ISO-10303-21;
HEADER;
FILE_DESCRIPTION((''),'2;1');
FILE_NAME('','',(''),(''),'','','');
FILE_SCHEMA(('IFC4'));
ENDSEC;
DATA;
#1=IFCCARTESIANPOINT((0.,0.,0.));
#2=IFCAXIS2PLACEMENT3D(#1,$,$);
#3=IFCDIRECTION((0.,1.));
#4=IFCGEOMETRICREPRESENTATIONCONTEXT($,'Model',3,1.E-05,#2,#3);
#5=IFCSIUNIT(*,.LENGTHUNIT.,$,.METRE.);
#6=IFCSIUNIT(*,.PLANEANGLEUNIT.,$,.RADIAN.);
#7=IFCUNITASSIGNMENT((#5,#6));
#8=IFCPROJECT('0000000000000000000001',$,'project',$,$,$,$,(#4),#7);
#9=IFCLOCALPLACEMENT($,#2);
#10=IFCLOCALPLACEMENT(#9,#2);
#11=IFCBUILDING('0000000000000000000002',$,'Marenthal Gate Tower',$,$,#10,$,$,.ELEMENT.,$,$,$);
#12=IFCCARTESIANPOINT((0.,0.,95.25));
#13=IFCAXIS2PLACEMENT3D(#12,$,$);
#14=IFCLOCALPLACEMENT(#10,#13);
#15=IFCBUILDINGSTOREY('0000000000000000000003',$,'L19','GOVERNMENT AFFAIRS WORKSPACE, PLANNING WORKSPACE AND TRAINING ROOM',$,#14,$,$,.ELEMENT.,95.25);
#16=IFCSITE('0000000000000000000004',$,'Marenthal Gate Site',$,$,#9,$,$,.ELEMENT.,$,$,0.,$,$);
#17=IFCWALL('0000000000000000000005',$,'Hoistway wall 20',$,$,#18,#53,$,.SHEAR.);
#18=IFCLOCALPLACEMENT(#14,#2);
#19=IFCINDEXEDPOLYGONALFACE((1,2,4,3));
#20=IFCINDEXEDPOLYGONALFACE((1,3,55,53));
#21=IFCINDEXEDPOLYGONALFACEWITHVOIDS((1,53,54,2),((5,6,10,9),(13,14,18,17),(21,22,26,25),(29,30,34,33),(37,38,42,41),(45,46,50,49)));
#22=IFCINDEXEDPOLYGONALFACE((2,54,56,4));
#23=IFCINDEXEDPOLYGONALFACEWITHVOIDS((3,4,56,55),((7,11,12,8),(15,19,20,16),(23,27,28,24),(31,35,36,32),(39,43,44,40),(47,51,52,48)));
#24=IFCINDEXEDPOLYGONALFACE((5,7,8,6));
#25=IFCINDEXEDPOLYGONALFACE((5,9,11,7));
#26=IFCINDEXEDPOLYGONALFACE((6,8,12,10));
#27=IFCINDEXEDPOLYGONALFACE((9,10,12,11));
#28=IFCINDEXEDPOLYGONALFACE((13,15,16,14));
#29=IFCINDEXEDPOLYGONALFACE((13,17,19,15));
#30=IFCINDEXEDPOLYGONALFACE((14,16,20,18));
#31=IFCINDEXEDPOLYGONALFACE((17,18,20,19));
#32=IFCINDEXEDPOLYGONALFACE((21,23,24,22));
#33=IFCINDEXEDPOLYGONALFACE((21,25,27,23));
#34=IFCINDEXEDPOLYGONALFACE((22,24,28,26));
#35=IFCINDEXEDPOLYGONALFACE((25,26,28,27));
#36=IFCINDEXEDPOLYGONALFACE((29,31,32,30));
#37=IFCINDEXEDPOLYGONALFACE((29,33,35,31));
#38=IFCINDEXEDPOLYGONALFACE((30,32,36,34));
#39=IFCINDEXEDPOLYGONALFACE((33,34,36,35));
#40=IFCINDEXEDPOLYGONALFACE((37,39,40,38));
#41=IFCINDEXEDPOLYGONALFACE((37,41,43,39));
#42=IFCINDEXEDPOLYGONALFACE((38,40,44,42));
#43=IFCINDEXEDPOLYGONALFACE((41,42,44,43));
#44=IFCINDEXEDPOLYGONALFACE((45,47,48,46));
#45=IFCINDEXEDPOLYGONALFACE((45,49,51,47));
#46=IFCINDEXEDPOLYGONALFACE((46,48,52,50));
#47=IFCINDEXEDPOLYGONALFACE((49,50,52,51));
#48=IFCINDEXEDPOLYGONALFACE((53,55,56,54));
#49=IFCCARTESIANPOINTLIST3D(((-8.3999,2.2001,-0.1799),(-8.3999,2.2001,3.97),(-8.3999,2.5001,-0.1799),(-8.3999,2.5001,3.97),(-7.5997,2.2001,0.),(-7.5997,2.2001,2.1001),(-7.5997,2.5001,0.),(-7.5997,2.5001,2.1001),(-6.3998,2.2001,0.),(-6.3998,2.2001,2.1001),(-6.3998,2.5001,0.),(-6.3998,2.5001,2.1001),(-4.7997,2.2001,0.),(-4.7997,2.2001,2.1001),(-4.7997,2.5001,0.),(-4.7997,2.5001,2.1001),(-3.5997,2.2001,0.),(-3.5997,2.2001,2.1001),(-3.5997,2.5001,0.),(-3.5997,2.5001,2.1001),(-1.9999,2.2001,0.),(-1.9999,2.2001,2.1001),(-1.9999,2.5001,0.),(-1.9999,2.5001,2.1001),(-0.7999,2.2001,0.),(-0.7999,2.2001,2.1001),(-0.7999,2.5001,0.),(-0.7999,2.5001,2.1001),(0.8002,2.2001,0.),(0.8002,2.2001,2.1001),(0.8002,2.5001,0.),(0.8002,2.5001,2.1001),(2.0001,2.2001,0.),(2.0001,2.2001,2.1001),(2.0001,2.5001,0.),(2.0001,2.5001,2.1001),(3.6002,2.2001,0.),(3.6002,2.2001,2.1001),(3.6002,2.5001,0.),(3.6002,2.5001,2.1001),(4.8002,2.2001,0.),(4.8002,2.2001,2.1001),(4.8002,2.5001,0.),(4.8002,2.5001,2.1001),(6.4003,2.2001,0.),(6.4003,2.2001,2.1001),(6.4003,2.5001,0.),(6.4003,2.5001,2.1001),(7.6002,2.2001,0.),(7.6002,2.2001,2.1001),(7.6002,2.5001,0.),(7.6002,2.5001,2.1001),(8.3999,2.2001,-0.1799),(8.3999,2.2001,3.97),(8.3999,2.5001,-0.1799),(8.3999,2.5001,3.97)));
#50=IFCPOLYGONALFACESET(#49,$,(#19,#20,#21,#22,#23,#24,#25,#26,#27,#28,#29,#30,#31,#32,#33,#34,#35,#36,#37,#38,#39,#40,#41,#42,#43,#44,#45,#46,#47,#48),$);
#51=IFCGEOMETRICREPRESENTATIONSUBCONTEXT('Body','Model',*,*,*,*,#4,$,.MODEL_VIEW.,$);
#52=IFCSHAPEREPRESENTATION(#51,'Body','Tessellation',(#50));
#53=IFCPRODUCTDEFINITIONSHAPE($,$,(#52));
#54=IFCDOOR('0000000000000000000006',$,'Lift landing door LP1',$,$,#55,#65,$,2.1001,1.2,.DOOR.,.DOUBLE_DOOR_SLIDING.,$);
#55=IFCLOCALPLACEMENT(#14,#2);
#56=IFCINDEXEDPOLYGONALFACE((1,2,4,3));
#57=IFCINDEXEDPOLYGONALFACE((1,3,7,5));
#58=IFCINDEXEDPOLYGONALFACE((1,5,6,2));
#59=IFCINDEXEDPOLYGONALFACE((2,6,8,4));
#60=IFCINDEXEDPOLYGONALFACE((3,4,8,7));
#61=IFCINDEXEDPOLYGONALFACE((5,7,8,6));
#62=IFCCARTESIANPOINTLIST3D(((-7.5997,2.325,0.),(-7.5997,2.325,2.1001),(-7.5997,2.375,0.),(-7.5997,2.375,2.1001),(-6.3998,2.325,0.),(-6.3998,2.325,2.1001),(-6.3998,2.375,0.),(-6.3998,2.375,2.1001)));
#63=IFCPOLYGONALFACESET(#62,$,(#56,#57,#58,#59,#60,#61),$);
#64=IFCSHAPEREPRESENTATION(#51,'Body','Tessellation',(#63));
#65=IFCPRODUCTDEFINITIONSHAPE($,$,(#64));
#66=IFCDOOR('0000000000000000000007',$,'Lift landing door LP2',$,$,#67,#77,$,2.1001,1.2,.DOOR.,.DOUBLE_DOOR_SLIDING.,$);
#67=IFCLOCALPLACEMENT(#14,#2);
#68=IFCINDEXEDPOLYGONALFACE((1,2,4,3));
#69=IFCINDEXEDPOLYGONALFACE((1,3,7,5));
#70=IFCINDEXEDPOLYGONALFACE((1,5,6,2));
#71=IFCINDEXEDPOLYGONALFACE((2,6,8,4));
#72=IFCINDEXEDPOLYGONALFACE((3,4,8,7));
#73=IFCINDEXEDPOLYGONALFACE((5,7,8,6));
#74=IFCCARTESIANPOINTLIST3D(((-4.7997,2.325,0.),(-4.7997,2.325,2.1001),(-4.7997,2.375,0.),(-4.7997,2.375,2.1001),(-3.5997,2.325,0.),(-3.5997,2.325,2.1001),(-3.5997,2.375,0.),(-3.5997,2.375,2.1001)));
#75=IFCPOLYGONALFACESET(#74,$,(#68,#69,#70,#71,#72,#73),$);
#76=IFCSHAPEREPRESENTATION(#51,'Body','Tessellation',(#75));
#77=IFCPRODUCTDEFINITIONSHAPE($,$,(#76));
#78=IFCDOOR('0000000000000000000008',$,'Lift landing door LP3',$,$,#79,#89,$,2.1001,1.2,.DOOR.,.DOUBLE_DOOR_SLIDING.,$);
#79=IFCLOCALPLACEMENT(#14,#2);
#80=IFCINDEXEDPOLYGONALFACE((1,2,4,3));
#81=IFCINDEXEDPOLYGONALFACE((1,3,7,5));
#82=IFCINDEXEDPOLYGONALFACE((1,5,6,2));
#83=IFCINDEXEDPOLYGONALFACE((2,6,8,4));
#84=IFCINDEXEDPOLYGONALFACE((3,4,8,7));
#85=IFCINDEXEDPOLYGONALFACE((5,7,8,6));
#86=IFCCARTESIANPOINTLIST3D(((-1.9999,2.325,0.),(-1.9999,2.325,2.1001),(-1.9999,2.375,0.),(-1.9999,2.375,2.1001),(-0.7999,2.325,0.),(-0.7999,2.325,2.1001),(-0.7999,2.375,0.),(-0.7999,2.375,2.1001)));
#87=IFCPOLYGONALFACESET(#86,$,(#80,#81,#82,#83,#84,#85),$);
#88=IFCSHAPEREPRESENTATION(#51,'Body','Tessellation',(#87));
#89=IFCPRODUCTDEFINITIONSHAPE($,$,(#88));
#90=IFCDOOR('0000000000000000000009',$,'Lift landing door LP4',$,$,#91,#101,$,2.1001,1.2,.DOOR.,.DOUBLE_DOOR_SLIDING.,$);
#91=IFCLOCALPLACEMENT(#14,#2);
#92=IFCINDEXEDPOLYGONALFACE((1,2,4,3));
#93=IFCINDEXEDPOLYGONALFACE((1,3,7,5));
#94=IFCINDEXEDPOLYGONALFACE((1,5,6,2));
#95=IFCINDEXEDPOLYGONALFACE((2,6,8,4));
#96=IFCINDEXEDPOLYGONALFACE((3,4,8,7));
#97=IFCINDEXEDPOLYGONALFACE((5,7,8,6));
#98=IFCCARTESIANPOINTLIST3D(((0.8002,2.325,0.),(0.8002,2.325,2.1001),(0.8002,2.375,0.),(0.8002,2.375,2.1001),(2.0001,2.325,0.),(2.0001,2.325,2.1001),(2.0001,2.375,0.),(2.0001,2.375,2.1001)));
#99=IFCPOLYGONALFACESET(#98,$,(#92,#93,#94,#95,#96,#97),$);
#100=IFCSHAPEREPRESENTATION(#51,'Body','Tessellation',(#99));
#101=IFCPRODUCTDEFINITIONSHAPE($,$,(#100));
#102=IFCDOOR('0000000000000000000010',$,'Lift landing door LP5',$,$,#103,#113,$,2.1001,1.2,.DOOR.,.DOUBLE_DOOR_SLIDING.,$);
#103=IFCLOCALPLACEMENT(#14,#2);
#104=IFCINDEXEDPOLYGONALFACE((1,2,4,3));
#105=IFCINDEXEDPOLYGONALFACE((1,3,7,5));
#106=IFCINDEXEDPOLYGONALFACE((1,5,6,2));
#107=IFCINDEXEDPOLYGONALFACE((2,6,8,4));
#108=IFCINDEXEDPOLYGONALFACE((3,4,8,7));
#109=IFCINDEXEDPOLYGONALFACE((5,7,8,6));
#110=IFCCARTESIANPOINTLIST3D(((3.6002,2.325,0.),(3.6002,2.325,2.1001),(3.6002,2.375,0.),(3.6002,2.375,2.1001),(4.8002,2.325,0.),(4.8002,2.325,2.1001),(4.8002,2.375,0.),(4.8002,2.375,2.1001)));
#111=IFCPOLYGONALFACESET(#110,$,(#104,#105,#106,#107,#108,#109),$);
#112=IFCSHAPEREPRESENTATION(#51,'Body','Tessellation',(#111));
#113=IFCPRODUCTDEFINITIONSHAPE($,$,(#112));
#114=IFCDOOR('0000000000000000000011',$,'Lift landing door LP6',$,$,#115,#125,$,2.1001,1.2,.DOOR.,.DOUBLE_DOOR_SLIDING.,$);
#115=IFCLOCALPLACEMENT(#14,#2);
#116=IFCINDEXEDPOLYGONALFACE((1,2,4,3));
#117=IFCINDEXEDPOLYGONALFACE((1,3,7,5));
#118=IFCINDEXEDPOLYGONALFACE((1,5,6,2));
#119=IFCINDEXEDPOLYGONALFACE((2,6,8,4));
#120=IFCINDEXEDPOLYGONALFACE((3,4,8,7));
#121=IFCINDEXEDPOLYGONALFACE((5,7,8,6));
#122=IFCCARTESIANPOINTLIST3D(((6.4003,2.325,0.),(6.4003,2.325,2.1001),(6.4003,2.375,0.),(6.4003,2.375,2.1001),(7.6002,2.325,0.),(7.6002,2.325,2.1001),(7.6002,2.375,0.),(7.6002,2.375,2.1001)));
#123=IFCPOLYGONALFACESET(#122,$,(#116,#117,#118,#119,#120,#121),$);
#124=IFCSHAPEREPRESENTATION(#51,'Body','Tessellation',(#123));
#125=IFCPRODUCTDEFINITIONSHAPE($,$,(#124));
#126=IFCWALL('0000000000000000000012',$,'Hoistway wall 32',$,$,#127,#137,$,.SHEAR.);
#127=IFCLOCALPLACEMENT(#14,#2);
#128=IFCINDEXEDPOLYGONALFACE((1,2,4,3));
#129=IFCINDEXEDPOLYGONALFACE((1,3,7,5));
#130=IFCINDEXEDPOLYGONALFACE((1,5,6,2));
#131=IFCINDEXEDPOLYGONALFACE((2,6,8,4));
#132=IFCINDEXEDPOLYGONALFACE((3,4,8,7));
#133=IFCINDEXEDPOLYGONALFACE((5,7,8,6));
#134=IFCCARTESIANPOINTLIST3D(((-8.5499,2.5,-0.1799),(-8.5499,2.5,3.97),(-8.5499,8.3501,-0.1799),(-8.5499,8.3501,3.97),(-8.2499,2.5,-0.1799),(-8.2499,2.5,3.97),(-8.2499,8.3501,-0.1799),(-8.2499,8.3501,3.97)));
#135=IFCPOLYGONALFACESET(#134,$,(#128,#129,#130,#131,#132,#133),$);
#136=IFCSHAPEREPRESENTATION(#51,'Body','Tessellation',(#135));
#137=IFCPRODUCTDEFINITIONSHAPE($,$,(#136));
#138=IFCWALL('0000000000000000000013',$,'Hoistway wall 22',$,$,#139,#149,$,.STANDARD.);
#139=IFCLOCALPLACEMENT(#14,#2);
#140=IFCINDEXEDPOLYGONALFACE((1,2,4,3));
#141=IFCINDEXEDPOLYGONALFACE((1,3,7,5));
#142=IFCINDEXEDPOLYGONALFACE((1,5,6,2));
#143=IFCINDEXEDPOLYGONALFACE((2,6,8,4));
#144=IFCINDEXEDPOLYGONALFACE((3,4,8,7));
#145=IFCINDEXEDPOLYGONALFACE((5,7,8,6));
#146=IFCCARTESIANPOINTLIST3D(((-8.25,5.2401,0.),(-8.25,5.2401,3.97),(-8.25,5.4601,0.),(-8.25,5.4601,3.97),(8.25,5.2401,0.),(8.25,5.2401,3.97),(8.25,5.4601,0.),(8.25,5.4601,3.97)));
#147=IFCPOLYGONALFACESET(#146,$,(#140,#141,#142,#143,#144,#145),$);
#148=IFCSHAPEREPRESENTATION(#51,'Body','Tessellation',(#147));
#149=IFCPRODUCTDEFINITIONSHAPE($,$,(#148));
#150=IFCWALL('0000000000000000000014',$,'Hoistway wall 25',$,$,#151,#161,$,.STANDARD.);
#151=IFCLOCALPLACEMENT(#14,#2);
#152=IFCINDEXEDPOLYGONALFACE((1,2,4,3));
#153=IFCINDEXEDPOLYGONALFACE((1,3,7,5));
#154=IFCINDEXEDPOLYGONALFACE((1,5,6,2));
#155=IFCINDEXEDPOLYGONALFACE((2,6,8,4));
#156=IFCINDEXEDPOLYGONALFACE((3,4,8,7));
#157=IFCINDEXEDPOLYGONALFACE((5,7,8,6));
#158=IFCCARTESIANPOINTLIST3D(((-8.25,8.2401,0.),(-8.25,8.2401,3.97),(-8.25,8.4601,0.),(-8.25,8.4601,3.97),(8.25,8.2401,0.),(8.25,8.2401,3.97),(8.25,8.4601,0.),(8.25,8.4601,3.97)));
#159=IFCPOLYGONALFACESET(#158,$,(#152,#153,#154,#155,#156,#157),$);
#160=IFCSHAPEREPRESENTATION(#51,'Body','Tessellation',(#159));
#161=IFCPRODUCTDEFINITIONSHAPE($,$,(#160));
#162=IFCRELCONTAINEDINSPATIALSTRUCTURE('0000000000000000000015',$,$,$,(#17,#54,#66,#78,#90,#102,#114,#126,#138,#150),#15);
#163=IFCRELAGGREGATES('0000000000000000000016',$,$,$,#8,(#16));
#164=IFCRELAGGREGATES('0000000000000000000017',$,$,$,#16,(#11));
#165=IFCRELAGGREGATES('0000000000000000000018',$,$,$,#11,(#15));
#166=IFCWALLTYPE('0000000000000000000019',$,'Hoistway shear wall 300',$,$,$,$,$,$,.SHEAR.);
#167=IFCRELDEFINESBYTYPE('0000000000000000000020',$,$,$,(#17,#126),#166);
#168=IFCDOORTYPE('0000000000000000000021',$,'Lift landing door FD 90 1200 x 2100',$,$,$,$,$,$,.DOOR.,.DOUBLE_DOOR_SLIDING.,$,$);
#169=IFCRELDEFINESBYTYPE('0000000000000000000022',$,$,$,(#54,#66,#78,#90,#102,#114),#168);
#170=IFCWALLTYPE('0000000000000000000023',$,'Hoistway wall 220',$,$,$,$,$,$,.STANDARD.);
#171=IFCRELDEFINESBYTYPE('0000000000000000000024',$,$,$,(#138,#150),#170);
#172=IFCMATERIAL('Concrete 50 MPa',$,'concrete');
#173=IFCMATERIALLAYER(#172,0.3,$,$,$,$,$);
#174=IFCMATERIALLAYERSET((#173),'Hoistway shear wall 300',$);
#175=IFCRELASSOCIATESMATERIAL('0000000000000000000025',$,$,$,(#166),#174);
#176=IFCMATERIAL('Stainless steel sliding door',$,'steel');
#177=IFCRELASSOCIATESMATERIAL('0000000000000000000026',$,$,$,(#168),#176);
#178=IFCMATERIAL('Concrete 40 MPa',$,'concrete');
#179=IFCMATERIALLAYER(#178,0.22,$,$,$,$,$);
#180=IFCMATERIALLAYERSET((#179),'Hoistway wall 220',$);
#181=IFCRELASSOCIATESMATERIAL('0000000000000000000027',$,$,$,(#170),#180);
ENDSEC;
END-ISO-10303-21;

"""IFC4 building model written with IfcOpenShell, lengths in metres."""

from ifc_helpers import new_model, si_unit, direction, frame, frame_2d, origin, place, context, subcontext, project, spatial, rectangle, extrude, material, layer, layer_set, type_object, element, fill, save


model = new_model("IFC4")

# Units and contexts
model_context = context("Model", 3, precision=1e-05, world=origin(), true_north=direction((0.0, 1.0)))
body_context = subcontext(model_context, "Body", "Model", "MODEL_VIEW")
ifc_project = project(units=[si_unit("LENGTHUNIT", "METRE"), si_unit("PLANEANGLEUNIT", "RADIAN")], contexts=[model_context])

# Site, building, storey
site_placement = place(None, origin())
site = spatial("IfcSite", under=ifc_project, at=site_placement, Name="Marenthal Gate Site", CompositionType="ELEMENT", RefElevation=0.0)
building_placement = place(site_placement, origin())
building = spatial("IfcBuilding", under=site, at=building_placement, Name="Marenthal Gate Tower", CompositionType="ELEMENT")
storey_placement = place(building_placement, frame((0.0, 0.0, 95.25)))
storey = spatial("IfcBuildingStorey", under=building, at=storey_placement, Name="L19", Description="GOVERNMENT AFFAIRS WORKSPACE, PLANNING WORKSPACE AND TRAINING ROOM", CompositionType="ELEMENT", Elevation=95.25)

# Wall, openings, doors
ifc_material_1 = material(Name="Concrete 50 MPa", Category="concrete")
ifc_layer_1 = layer(ifc_material_1, 0.3)
ifc_layer_set_1 = layer_set([ifc_layer_1], Name="Hoistway shear wall 300")
wall_type_1 = type_object("IfcWallType", Name="Hoistway shear wall 300", PredefinedType="SHEAR", material=ifc_layer_set_1)
wall_1_placement = place(storey_placement, frame((-8.3999, 2.3501, -0.1799), z_axis=(0.0, 0.0, 1.0), x_axis=(1.0, 0.0, 0.0)))
wall_1 = element("IfcWall", 1, at=wall_1_placement, inside=storey, type_object=wall_type_1, Name="Hoistway wall 20", PredefinedType="SHEAR", context=body_context, shape_type="SweptSolid", body=[
    extrude(rectangle(XDim=16.7998, YDim=0.3, at=frame_2d((8.3999, 0.0))), origin(), (0.0, 0.0, 1.0), 4.1499),
])
opening_1_placement = place(wall_1_placement, frame((0.8, 0.0, 0.1799)))
opening_1 = element("IfcOpeningElement", 2, at=opening_1_placement, cuts=wall_1, PredefinedType="OPENING", context=body_context, shape_type="SweptSolid", body=[
    extrude(rectangle(XDim=1.2, YDim=2.1001, at=frame_2d((0.6001, 1.05))), frame((0.0, 0.1602, 0.0), z_axis=(0.0, -1.0, 0.0), x_axis=(1.0, 0.0, 0.0)), (0.0, 0.0, 1.0), 0.3201),
])
opening_2_placement = place(wall_1_placement, frame((3.6001, 0.0, 0.1799)))
opening_2 = element("IfcOpeningElement", 3, at=opening_2_placement, cuts=wall_1, PredefinedType="OPENING", context=body_context, shape_type="SweptSolid", body=[
    extrude(rectangle(XDim=1.2, YDim=2.1001, at=frame_2d((0.6001, 1.05))), frame((0.0, 0.1602, 0.0), z_axis=(0.0, -1.0, 0.0), x_axis=(1.0, 0.0, 0.0)), (0.0, 0.0, 1.0), 0.3201),
])
opening_3_placement = place(wall_1_placement, frame((6.3999, 0.0, 0.1799)))
opening_3 = element("IfcOpeningElement", 4, at=opening_3_placement, cuts=wall_1, PredefinedType="OPENING", context=body_context, shape_type="SweptSolid", body=[
    extrude(rectangle(XDim=1.2, YDim=2.1001, at=frame_2d((0.6001, 1.05))), frame((0.0, 0.1602, 0.0), z_axis=(0.0, -1.0, 0.0), x_axis=(1.0, 0.0, 0.0)), (0.0, 0.0, 1.0), 0.3201),
])
opening_4_placement = place(wall_1_placement, frame((9.2, 0.0, 0.1799)))
opening_4 = element("IfcOpeningElement", 5, at=opening_4_placement, cuts=wall_1, PredefinedType="OPENING", context=body_context, shape_type="SweptSolid", body=[
    extrude(rectangle(XDim=1.2, YDim=2.1001, at=frame_2d((0.6001, 1.05))), frame((0.0, 0.1602, 0.0), z_axis=(0.0, -1.0, 0.0), x_axis=(1.0, 0.0, 0.0)), (0.0, 0.0, 1.0), 0.3201),
])
opening_5_placement = place(wall_1_placement, frame((12.0, 0.0, 0.1799)))
opening_5 = element("IfcOpeningElement", 6, at=opening_5_placement, cuts=wall_1, PredefinedType="OPENING", context=body_context, shape_type="SweptSolid", body=[
    extrude(rectangle(XDim=1.2, YDim=2.1001, at=frame_2d((0.6001, 1.05))), frame((0.0, 0.1602, 0.0), z_axis=(0.0, -1.0, 0.0), x_axis=(1.0, 0.0, 0.0)), (0.0, 0.0, 1.0), 0.3201),
])
opening_6_placement = place(wall_1_placement, frame((14.8, 0.0, 0.1799)))
opening_6 = element("IfcOpeningElement", 7, at=opening_6_placement, cuts=wall_1, PredefinedType="OPENING", context=body_context, shape_type="SweptSolid", body=[
    extrude(rectangle(XDim=1.2, YDim=2.1001, at=frame_2d((0.6001, 1.05))), frame((0.0, 0.1602, 0.0), z_axis=(0.0, -1.0, 0.0), x_axis=(1.0, 0.0, 0.0)), (0.0, 0.0, 1.0), 0.3201),
])
ifc_material_2 = material(Name="Stainless steel sliding door", Category="steel")
door_type_1 = type_object("IfcDoorType", Name="Lift landing door FD 90 1200 x 2100", OperationType="DOUBLE_DOOR_SLIDING", PredefinedType="DOOR", material=ifc_material_2)
door_1_placement = place(opening_1_placement, origin())
door_1 = element("IfcDoor", 8, at=door_1_placement, inside=storey, type_object=door_type_1, Name="Lift landing door LP1", OperationType="DOUBLE_DOOR_SLIDING", OverallHeight=2.1001, OverallWidth=1.2, PredefinedType="DOOR", context=body_context, shape_type="SweptSolid", body=[
    extrude(rectangle(XDim=1.2, YDim=2.1001, at=frame_2d((0.6001, 1.05))), frame((0.0, 0.0249, 0.0), z_axis=(0.0, -1.0, 0.0), x_axis=(1.0, 0.0, 0.0)), (0.0, 0.0, 1.0), 0.05),
])
fill(opening_1, door_1)
door_2_placement = place(opening_2_placement, origin())
door_2 = element("IfcDoor", 9, at=door_2_placement, inside=storey, type_object=door_type_1, Name="Lift landing door LP2", OperationType="DOUBLE_DOOR_SLIDING", OverallHeight=2.1001, OverallWidth=1.2, PredefinedType="DOOR", context=body_context, shape_type="SweptSolid", body=[
    extrude(rectangle(XDim=1.2, YDim=2.1001, at=frame_2d((0.6001, 1.05))), frame((0.0, 0.0249, 0.0), z_axis=(0.0, -1.0, 0.0), x_axis=(1.0, 0.0, 0.0)), (0.0, 0.0, 1.0), 0.05),
])
fill(opening_2, door_2)
door_3_placement = place(opening_3_placement, origin())
door_3 = element("IfcDoor", 10, at=door_3_placement, inside=storey, type_object=door_type_1, Name="Lift landing door LP3", OperationType="DOUBLE_DOOR_SLIDING", OverallHeight=2.1001, OverallWidth=1.2, PredefinedType="DOOR", context=body_context, shape_type="SweptSolid", body=[
    extrude(rectangle(XDim=1.2, YDim=2.1001, at=frame_2d((0.6001, 1.05))), frame((0.0, 0.0249, 0.0), z_axis=(0.0, -1.0, 0.0), x_axis=(1.0, 0.0, 0.0)), (0.0, 0.0, 1.0), 0.05),
])
fill(opening_3, door_3)
door_4_placement = place(opening_4_placement, origin())
door_4 = element("IfcDoor", 11, at=door_4_placement, inside=storey, type_object=door_type_1, Name="Lift landing door LP4", OperationType="DOUBLE_DOOR_SLIDING", OverallHeight=2.1001, OverallWidth=1.2, PredefinedType="DOOR", context=body_context, shape_type="SweptSolid", body=[
    extrude(rectangle(XDim=1.2, YDim=2.1001, at=frame_2d((0.6001, 1.05))), frame((0.0, 0.0249, 0.0), z_axis=(0.0, -1.0, 0.0), x_axis=(1.0, 0.0, 0.0)), (0.0, 0.0, 1.0), 0.05),
])
fill(opening_4, door_4)
door_5_placement = place(opening_5_placement, origin())
door_5 = element("IfcDoor", 12, at=door_5_placement, inside=storey, type_object=door_type_1, Name="Lift landing door LP5", OperationType="DOUBLE_DOOR_SLIDING", OverallHeight=2.1001, OverallWidth=1.2, PredefinedType="DOOR", context=body_context, shape_type="SweptSolid", body=[
    extrude(rectangle(XDim=1.2, YDim=2.1001, at=frame_2d((0.6001, 1.05))), frame((0.0, 0.0249, 0.0), z_axis=(0.0, -1.0, 0.0), x_axis=(1.0, 0.0, 0.0)), (0.0, 0.0, 1.0), 0.05),
])
fill(opening_5, door_5)
door_6_placement = place(opening_6_placement, origin())
door_6 = element("IfcDoor", 13, at=door_6_placement, inside=storey, type_object=door_type_1, Name="Lift landing door LP6", OperationType="DOUBLE_DOOR_SLIDING", OverallHeight=2.1001, OverallWidth=1.2, PredefinedType="DOOR", context=body_context, shape_type="SweptSolid", body=[
    extrude(rectangle(XDim=1.2, YDim=2.1001, at=frame_2d((0.6001, 1.05))), frame((0.0, 0.0249, 0.0), z_axis=(0.0, -1.0, 0.0), x_axis=(1.0, 0.0, 0.0)), (0.0, 0.0, 1.0), 0.05),
])
fill(opening_6, door_6)

# Walls
wall_2_placement = place(storey_placement, frame((-8.3999, 2.5, -0.1799), z_axis=(0.0, 0.0, 1.0), x_axis=(0.0, 1.0, 0.0)))
element("IfcWall", 14, at=wall_2_placement, inside=storey, type_object=wall_type_1, Name="Hoistway wall 32", PredefinedType="SHEAR", context=body_context, shape_type="SweptSolid", body=[
    extrude(rectangle(XDim=5.8501, YDim=0.3, at=frame_2d((2.925, 0.0))), origin(), (0.0, 0.0, 1.0), 4.1499),
])
ifc_material_3 = material(Name="Concrete 40 MPa", Category="concrete")
ifc_layer_2 = layer(ifc_material_3, 0.22)
ifc_layer_set_2 = layer_set([ifc_layer_2], Name="Hoistway wall 220")
wall_type_2 = type_object("IfcWallType", Name="Hoistway wall 220", PredefinedType="STANDARD", material=ifc_layer_set_2)
for number, where, z_axis, x_axis, name in (
    (15, (-8.25, 5.3501, 0.0), (0.0, 0.0, 1.0), (1.0, 0.0, 0.0), "Hoistway wall 22"),
    (16, (-8.25, 8.3501, 0.0), (0.0, 0.0, 1.0), (1.0, 0.0, 0.0), "Hoistway wall 25"),
):
    element("IfcWall", number, at=place(storey_placement, frame(where, z_axis=z_axis, x_axis=x_axis)), inside=storey, type_object=wall_type_2, Name=name, PredefinedType="STANDARD", context=body_context, shape_type="SweptSolid", body=[
        extrude(rectangle(XDim=16.5, YDim=0.22, at=frame_2d((8.25, 0.0))), origin(), (0.0, 0.0, 1.0), 3.97),
    ])

save(model, "model.ifc")
